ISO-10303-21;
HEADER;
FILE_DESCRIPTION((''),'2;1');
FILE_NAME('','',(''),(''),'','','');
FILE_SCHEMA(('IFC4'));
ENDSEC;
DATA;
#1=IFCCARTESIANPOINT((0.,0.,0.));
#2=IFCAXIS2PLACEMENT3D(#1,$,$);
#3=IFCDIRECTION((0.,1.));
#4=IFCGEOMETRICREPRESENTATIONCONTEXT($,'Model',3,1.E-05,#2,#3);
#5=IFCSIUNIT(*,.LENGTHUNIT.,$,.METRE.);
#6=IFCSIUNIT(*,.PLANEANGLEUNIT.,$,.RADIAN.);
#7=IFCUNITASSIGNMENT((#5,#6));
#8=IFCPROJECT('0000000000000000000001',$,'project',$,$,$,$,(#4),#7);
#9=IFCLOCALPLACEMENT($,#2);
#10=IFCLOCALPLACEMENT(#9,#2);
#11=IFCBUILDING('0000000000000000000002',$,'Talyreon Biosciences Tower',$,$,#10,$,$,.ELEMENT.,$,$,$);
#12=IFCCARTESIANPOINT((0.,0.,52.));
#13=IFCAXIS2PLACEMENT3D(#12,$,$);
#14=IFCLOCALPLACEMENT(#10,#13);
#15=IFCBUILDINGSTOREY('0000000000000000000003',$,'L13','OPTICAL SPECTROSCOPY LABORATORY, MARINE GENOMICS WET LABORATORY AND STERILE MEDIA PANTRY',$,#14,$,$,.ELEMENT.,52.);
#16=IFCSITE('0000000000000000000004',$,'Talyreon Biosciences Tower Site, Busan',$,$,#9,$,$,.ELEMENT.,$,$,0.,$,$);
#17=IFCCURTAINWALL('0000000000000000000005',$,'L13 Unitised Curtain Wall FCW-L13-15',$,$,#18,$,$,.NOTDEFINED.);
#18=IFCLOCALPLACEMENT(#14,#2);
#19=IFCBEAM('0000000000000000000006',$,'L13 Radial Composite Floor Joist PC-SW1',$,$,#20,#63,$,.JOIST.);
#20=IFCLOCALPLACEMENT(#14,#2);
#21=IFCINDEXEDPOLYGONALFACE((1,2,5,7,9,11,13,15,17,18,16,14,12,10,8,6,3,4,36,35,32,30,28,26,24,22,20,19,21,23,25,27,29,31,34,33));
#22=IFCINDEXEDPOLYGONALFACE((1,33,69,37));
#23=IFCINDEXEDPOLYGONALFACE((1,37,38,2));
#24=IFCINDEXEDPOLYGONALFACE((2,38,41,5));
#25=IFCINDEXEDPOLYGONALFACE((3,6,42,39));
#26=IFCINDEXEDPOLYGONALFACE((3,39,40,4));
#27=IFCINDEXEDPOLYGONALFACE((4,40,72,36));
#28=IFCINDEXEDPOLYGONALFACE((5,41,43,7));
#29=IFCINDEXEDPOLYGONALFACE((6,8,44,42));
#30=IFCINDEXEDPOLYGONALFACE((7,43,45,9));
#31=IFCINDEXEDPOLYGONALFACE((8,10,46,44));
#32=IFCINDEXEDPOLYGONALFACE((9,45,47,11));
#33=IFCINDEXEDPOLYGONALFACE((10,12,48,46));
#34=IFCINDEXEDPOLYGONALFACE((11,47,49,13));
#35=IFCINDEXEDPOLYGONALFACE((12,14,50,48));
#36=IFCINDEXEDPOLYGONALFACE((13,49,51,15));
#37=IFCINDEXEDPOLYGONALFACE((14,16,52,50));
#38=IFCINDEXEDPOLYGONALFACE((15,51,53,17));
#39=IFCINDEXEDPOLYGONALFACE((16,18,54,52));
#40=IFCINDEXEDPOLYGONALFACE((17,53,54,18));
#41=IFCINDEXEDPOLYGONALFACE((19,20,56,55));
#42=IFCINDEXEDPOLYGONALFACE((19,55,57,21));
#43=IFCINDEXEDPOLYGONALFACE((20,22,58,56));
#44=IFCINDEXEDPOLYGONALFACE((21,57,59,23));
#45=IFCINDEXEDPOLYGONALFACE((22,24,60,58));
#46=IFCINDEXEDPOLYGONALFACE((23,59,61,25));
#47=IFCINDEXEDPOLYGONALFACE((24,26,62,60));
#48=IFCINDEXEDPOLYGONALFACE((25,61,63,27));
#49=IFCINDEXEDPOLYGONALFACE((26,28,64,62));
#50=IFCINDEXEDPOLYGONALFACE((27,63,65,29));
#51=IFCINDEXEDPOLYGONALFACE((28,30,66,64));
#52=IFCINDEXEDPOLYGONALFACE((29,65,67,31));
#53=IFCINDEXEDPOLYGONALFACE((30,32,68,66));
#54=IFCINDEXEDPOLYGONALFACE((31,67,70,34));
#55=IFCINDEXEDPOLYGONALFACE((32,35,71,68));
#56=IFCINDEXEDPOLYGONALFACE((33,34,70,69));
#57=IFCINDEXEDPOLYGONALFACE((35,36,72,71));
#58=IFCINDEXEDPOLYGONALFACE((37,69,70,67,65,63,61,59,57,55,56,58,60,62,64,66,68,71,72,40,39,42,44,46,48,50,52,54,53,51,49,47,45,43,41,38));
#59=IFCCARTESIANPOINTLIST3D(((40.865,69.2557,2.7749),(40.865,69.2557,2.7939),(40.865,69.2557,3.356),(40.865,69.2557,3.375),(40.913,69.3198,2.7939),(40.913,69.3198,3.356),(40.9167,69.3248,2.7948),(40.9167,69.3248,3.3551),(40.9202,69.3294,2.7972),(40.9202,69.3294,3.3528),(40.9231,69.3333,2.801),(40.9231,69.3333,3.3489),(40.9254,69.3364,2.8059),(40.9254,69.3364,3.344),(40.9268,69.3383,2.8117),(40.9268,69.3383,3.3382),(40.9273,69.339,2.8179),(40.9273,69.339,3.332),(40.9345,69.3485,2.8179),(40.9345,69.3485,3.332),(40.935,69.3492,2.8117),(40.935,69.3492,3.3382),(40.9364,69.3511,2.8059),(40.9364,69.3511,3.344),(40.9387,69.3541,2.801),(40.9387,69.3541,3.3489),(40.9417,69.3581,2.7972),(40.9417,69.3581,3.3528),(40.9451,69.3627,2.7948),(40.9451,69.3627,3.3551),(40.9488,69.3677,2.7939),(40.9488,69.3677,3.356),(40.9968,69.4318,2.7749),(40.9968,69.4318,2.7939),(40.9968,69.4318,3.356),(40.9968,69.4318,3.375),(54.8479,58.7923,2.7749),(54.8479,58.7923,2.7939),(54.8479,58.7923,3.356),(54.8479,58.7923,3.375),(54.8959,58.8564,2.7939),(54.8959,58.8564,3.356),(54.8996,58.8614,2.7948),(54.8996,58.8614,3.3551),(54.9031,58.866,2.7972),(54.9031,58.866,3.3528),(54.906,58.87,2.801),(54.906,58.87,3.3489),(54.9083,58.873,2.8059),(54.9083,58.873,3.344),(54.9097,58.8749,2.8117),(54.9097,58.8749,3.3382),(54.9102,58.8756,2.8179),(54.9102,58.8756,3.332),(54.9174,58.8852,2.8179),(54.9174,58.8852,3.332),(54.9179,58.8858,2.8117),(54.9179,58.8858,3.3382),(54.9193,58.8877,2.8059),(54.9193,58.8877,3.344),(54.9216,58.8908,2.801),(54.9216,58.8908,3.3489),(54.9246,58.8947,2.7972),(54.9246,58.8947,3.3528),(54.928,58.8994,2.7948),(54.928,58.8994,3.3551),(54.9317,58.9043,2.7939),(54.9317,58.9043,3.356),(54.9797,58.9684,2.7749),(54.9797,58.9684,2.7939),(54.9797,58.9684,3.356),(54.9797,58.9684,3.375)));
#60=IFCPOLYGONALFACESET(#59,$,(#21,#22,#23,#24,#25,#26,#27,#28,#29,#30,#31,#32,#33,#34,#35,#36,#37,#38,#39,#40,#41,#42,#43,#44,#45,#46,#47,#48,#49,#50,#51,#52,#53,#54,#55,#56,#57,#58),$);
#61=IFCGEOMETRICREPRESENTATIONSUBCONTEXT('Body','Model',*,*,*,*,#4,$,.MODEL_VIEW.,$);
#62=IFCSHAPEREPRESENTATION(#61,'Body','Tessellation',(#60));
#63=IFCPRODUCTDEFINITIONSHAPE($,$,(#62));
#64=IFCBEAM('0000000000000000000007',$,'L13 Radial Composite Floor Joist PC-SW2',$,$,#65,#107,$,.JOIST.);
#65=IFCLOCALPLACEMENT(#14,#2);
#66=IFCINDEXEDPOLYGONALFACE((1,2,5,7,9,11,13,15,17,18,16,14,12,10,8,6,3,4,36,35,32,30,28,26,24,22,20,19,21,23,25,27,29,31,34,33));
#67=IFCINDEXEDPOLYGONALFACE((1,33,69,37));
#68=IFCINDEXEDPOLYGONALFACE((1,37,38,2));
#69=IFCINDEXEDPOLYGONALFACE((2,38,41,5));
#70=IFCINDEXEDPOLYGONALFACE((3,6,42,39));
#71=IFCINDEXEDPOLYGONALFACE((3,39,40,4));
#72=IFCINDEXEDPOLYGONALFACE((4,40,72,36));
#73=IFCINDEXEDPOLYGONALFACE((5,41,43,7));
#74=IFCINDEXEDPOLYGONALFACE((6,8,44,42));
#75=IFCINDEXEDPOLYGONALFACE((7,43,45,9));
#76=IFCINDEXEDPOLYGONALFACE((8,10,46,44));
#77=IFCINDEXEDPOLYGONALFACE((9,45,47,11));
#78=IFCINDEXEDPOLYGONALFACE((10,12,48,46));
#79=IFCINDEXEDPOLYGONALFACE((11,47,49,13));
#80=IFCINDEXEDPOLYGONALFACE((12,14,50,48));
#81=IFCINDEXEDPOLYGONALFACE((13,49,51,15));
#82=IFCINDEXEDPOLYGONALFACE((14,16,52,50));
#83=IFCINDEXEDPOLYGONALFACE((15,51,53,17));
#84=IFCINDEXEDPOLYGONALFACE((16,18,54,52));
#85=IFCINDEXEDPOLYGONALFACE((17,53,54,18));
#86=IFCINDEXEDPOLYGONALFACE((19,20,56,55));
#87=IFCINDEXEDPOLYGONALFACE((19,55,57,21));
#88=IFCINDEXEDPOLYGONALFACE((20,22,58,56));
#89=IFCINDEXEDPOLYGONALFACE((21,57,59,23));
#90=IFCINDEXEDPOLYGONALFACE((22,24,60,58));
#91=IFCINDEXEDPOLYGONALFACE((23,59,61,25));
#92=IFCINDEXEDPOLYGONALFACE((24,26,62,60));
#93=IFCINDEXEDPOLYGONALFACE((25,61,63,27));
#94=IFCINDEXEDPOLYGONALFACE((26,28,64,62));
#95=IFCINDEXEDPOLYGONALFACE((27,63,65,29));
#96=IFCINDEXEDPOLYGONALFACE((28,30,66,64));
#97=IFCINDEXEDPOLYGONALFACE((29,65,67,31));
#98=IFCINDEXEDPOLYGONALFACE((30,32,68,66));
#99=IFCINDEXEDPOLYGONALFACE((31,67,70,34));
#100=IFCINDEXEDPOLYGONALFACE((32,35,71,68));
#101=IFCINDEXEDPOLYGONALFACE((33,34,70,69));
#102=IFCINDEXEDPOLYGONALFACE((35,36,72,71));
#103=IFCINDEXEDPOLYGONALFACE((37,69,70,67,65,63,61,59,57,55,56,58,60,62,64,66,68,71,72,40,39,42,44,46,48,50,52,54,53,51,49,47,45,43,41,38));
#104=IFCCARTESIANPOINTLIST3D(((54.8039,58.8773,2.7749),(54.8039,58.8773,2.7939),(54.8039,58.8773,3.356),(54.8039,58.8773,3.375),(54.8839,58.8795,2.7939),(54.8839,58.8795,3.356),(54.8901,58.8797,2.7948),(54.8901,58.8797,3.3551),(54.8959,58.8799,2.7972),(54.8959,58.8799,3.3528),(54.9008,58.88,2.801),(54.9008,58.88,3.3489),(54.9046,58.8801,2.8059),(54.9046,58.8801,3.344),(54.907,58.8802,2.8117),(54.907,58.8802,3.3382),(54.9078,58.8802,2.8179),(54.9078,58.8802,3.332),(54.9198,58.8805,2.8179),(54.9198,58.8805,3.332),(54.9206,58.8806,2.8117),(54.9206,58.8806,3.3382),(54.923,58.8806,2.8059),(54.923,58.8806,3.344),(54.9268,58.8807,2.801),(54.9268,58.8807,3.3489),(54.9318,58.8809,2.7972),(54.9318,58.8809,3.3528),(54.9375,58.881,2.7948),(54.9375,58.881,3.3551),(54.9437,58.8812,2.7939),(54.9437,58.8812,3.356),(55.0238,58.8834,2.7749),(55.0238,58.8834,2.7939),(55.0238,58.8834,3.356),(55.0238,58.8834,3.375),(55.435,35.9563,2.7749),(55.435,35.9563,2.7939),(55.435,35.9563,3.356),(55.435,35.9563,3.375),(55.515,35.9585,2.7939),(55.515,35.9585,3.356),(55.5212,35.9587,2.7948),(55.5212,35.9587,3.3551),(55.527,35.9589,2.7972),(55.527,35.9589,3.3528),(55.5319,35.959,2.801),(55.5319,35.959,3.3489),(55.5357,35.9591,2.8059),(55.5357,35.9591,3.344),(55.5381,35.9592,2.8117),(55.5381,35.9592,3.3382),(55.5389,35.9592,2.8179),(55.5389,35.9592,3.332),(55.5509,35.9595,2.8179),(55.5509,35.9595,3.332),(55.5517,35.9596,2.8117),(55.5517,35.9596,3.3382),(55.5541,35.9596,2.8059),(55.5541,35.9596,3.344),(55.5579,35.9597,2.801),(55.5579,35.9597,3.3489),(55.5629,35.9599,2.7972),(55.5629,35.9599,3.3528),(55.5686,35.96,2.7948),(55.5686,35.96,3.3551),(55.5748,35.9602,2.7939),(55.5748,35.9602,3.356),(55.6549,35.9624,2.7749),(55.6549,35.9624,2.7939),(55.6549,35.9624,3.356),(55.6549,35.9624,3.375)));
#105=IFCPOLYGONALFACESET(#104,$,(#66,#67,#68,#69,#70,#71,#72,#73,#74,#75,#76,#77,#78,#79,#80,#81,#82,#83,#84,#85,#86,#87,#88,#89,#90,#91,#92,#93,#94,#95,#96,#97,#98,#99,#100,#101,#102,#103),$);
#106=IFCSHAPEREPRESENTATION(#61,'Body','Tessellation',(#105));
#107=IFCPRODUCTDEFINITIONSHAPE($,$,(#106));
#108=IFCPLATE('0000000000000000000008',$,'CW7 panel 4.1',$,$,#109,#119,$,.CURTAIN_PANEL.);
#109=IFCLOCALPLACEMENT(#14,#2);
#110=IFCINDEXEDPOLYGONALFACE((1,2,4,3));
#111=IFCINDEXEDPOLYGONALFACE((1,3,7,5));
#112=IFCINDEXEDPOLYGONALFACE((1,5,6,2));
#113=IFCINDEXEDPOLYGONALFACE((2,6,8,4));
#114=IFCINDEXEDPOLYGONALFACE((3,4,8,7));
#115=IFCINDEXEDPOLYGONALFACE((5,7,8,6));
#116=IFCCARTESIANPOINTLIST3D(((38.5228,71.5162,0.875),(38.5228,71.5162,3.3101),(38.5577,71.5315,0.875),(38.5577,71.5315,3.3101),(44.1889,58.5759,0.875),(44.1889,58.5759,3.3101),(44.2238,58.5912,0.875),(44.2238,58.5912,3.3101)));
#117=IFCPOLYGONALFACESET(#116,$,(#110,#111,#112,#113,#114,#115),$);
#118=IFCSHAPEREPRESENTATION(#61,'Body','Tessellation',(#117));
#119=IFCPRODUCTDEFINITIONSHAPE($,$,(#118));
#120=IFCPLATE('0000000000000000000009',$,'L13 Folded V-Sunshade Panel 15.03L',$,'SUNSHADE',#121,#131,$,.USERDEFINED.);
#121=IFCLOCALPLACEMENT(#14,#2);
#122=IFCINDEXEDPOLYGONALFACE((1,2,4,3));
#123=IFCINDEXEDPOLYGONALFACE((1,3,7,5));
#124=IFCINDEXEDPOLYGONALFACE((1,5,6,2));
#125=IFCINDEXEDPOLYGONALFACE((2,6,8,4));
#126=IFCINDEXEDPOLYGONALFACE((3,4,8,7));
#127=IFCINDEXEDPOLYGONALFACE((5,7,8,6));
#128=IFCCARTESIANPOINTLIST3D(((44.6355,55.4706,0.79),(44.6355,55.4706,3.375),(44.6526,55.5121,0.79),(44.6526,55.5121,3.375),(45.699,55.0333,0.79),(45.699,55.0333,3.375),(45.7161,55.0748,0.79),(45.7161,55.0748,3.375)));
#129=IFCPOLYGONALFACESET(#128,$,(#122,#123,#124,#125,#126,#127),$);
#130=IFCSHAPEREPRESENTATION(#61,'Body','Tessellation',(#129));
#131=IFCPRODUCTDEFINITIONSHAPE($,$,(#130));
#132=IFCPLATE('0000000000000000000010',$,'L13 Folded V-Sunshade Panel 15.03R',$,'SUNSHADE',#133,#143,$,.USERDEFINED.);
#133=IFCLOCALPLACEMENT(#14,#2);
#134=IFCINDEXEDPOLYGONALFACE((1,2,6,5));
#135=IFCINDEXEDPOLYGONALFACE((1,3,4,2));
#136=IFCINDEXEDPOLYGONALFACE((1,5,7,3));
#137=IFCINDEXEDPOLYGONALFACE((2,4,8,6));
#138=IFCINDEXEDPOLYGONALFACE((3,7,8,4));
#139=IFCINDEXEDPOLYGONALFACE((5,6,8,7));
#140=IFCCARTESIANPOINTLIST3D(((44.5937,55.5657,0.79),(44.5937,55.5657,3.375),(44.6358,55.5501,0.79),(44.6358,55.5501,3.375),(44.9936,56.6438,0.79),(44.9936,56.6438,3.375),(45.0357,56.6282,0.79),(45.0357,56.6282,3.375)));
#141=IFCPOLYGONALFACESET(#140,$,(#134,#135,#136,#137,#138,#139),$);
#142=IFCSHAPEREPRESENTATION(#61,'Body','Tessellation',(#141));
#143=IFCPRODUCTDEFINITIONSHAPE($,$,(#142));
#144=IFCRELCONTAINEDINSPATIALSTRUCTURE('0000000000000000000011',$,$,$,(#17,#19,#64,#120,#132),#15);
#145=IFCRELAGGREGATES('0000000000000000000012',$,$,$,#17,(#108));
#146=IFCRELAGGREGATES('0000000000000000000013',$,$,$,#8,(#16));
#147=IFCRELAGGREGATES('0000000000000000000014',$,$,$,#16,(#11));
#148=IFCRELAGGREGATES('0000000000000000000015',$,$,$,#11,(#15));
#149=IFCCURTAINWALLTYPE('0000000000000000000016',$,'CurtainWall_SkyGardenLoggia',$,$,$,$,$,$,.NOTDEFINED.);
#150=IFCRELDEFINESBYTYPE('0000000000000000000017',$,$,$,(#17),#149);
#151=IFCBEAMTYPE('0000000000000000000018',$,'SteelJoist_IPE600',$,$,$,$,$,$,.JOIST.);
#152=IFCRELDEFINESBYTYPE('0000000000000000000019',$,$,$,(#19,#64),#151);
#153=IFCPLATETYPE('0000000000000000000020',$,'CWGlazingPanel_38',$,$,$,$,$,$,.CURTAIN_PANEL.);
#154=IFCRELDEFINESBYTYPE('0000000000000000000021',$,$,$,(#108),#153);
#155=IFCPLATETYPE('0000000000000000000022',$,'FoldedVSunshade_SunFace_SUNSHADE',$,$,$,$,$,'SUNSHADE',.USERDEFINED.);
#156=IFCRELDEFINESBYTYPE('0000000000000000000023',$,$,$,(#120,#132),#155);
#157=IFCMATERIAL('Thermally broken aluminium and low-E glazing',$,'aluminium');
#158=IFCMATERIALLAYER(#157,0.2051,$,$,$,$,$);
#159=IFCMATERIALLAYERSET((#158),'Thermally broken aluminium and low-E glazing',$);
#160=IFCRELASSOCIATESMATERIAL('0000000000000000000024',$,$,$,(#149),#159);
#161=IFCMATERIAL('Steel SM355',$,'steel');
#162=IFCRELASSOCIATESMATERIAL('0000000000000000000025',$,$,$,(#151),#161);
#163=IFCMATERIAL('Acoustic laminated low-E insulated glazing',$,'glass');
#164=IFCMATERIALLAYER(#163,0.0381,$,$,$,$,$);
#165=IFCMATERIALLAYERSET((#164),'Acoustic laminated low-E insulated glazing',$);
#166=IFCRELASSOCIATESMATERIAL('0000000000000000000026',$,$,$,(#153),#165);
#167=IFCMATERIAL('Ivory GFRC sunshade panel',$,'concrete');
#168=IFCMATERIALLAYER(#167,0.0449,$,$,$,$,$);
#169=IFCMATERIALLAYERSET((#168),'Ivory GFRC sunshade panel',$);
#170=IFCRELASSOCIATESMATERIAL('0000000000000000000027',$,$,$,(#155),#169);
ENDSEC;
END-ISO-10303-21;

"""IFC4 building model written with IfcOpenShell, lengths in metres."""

from ifc_helpers import new_model, si_unit, direction, frame, origin, origin_2d, place, context, subcontext, project, spatial, rectangle, i_section, extrude, material, layer, layer_set, material_profile, profile_set, type_object, element, aggregate, save


model = new_model("IFC4")

# Units and contexts
model_context = context("Model", 3, precision=1e-05, world=origin(), true_north=direction((0.0, 1.0)))
body_context = subcontext(model_context, "Body", "Model", "MODEL_VIEW")
ifc_project = project(units=[si_unit("LENGTHUNIT", "METRE"), si_unit("PLANEANGLEUNIT", "RADIAN")], contexts=[model_context])

# Site, building, storey
site_placement = place(None, origin())
site = spatial("IfcSite", under=ifc_project, at=site_placement, Name="Talyreon Biosciences Tower Site, Busan", CompositionType="ELEMENT", RefElevation=0.0)
building_placement = place(site_placement, origin())
building = spatial("IfcBuilding", under=site, at=building_placement, Name="Talyreon Biosciences Tower", CompositionType="ELEMENT")
storey_placement = place(building_placement, frame((0.0, 0.0, 52.0)))
storey = spatial("IfcBuildingStorey", under=building, at=storey_placement, Name="L13", Description="OPTICAL SPECTROSCOPY LABORATORY, MARINE GENOMICS WET LABORATORY AND STERILE MEDIA PANTRY", CompositionType="ELEMENT", Elevation=52.0)

# Curtain wall
ifc_material_1 = material(Name="Thermally broken aluminium and low-E glazing", Category="aluminium")
ifc_layer_1 = layer(ifc_material_1, 0.2051)
ifc_layer_set_1 = layer_set([ifc_layer_1], Name="Thermally broken aluminium and low-E glazing")
curtain_wall_type = type_object("IfcCurtainWallType", Name="CurtainWall_SkyGardenLoggia", PredefinedType="NOTDEFINED", material=ifc_layer_set_1)
curtain_wall_placement = place(storey_placement, origin())
curtain_wall = element("IfcCurtainWall", 1, at=curtain_wall_placement, inside=storey, type_object=curtain_wall_type, Name="L13 Unitised Curtain Wall FCW-L13-15", PredefinedType="NOTDEFINED")

# Beams
ifc_material_2 = material(Name="Steel SM355", Category="steel")
ifc_material_profile_1 = material_profile(ifc_material_2, i_section(OverallWidth=0.22, OverallDepth=0.6001, WebThickness=0.012, FlangeThickness=0.019, FilletRadius=0.0239, at=origin_2d()), Name="IPE600")
ifc_profile_set_1 = profile_set([ifc_material_profile_1], Name="Steel SM355")
beam_type_1 = type_object("IfcBeamType", Name="SteelJoist_IPE600", PredefinedType="JOIST", material=ifc_profile_set_1)
beam_1_placement = place(storey_placement, frame((54.9138, 58.8804, 3.075), z_axis=(-0.800654, 0.599127, 0.0), x_axis=(-0.599127, -0.800654, 0.0)))
element("IfcBeam", 2, at=beam_1_placement, inside=storey, type_object=beam_type_1, Name="L13 Radial Composite Floor Joist PC-SW1", PredefinedType="JOIST", context=body_context, shape_type="SweptSolid", body=[
    extrude(i_section(OverallWidth=0.22, OverallDepth=0.6001, WebThickness=0.012, FlangeThickness=0.019, FilletRadius=0.0239, at=origin_2d()), origin(), (0.0, 0.0, 1.0), 17.4644),
])
beam_2_placement = place(storey_placement, frame((54.9138, 58.8804, 3.075), z_axis=(0.027524, -0.999621, 0.0), x_axis=(0.999621, 0.027524, 0.0)))
element("IfcBeam", 3, at=beam_2_placement, inside=storey, type_object=beam_type_1, Name="L13 Radial Composite Floor Joist PC-SW2", PredefinedType="JOIST", context=body_context, shape_type="SweptSolid", body=[
    extrude(i_section(OverallWidth=0.22, OverallDepth=0.6001, WebThickness=0.012, FlangeThickness=0.019, FilletRadius=0.0239, at=origin_2d()), origin(), (0.0, 0.0, 1.0), 22.9297),
])

# Plate
ifc_material_3 = material(Name="Acoustic laminated low-E insulated glazing", Category="glass")
ifc_layer_2 = layer(ifc_material_3, 0.0381)
ifc_layer_set_2 = layer_set([ifc_layer_2], Name="Acoustic laminated low-E insulated glazing")
plate_type_1 = type_object("IfcPlateType", Name="CWGlazingPanel_38", PredefinedType="CURTAIN_PANEL", material=ifc_layer_set_2)
plate_placement = place(storey_placement, frame((41.3733, 65.0537, 0.875), z_axis=(0.0, 0.0, 1.0), x_axis=(-0.401097, 0.916035, 0.0)))
plate = element("IfcPlate", 4, at=plate_placement, type_object=plate_type_1, Name="CW7 panel 4.1", PredefinedType="CURTAIN_PANEL", context=body_context, shape_type="SweptSolid", body=[
    extrude(rectangle(XDim=14.1265, YDim=0.0381, at=origin_2d()), origin(), (0.0, 0.0, 1.0), 2.4351),
])
aggregate(curtain_wall, [plate])

# Plates
ifc_material_4 = material(Name="Ivory GFRC sunshade panel", Category="concrete")
ifc_layer_3 = layer(ifc_material_4, 0.0449)
ifc_layer_set_3 = layer_set([ifc_layer_3], Name="Ivory GFRC sunshade panel")
plate_type_2 = type_object("IfcPlateType", Name="FoldedVSunshade_SunFace_SUNSHADE", ElementType="SUNSHADE", PredefinedType="USERDEFINED", material=ifc_layer_set_3)
for number, where, z_axis, x_axis, name in (
    (5, (45.1758, 55.2727, 0.79), (0.0, 0.0, 1.0), (-0.924858, 0.380312, 0.0), "L13 Folded V-Sunshade Panel 15.03L"),
    (6, (44.8147, 56.0969, 0.79), (0.0, 0.0, 1.0), (0.347803, 0.937568, 0.0), "L13 Folded V-Sunshade Panel 15.03R"),
):
    element("IfcPlate", number, at=place(storey_placement, frame(where, z_axis=z_axis, x_axis=x_axis)), inside=storey, type_object=plate_type_2, Name=name, ObjectType="SUNSHADE", PredefinedType="USERDEFINED", context=body_context, shape_type="SweptSolid", body=[
        extrude(rectangle(XDim=1.1499, YDim=0.0449, at=origin_2d()), origin(), (0.0, 0.0, 1.0), 2.585),
    ])

save(model, "model.ifc")
